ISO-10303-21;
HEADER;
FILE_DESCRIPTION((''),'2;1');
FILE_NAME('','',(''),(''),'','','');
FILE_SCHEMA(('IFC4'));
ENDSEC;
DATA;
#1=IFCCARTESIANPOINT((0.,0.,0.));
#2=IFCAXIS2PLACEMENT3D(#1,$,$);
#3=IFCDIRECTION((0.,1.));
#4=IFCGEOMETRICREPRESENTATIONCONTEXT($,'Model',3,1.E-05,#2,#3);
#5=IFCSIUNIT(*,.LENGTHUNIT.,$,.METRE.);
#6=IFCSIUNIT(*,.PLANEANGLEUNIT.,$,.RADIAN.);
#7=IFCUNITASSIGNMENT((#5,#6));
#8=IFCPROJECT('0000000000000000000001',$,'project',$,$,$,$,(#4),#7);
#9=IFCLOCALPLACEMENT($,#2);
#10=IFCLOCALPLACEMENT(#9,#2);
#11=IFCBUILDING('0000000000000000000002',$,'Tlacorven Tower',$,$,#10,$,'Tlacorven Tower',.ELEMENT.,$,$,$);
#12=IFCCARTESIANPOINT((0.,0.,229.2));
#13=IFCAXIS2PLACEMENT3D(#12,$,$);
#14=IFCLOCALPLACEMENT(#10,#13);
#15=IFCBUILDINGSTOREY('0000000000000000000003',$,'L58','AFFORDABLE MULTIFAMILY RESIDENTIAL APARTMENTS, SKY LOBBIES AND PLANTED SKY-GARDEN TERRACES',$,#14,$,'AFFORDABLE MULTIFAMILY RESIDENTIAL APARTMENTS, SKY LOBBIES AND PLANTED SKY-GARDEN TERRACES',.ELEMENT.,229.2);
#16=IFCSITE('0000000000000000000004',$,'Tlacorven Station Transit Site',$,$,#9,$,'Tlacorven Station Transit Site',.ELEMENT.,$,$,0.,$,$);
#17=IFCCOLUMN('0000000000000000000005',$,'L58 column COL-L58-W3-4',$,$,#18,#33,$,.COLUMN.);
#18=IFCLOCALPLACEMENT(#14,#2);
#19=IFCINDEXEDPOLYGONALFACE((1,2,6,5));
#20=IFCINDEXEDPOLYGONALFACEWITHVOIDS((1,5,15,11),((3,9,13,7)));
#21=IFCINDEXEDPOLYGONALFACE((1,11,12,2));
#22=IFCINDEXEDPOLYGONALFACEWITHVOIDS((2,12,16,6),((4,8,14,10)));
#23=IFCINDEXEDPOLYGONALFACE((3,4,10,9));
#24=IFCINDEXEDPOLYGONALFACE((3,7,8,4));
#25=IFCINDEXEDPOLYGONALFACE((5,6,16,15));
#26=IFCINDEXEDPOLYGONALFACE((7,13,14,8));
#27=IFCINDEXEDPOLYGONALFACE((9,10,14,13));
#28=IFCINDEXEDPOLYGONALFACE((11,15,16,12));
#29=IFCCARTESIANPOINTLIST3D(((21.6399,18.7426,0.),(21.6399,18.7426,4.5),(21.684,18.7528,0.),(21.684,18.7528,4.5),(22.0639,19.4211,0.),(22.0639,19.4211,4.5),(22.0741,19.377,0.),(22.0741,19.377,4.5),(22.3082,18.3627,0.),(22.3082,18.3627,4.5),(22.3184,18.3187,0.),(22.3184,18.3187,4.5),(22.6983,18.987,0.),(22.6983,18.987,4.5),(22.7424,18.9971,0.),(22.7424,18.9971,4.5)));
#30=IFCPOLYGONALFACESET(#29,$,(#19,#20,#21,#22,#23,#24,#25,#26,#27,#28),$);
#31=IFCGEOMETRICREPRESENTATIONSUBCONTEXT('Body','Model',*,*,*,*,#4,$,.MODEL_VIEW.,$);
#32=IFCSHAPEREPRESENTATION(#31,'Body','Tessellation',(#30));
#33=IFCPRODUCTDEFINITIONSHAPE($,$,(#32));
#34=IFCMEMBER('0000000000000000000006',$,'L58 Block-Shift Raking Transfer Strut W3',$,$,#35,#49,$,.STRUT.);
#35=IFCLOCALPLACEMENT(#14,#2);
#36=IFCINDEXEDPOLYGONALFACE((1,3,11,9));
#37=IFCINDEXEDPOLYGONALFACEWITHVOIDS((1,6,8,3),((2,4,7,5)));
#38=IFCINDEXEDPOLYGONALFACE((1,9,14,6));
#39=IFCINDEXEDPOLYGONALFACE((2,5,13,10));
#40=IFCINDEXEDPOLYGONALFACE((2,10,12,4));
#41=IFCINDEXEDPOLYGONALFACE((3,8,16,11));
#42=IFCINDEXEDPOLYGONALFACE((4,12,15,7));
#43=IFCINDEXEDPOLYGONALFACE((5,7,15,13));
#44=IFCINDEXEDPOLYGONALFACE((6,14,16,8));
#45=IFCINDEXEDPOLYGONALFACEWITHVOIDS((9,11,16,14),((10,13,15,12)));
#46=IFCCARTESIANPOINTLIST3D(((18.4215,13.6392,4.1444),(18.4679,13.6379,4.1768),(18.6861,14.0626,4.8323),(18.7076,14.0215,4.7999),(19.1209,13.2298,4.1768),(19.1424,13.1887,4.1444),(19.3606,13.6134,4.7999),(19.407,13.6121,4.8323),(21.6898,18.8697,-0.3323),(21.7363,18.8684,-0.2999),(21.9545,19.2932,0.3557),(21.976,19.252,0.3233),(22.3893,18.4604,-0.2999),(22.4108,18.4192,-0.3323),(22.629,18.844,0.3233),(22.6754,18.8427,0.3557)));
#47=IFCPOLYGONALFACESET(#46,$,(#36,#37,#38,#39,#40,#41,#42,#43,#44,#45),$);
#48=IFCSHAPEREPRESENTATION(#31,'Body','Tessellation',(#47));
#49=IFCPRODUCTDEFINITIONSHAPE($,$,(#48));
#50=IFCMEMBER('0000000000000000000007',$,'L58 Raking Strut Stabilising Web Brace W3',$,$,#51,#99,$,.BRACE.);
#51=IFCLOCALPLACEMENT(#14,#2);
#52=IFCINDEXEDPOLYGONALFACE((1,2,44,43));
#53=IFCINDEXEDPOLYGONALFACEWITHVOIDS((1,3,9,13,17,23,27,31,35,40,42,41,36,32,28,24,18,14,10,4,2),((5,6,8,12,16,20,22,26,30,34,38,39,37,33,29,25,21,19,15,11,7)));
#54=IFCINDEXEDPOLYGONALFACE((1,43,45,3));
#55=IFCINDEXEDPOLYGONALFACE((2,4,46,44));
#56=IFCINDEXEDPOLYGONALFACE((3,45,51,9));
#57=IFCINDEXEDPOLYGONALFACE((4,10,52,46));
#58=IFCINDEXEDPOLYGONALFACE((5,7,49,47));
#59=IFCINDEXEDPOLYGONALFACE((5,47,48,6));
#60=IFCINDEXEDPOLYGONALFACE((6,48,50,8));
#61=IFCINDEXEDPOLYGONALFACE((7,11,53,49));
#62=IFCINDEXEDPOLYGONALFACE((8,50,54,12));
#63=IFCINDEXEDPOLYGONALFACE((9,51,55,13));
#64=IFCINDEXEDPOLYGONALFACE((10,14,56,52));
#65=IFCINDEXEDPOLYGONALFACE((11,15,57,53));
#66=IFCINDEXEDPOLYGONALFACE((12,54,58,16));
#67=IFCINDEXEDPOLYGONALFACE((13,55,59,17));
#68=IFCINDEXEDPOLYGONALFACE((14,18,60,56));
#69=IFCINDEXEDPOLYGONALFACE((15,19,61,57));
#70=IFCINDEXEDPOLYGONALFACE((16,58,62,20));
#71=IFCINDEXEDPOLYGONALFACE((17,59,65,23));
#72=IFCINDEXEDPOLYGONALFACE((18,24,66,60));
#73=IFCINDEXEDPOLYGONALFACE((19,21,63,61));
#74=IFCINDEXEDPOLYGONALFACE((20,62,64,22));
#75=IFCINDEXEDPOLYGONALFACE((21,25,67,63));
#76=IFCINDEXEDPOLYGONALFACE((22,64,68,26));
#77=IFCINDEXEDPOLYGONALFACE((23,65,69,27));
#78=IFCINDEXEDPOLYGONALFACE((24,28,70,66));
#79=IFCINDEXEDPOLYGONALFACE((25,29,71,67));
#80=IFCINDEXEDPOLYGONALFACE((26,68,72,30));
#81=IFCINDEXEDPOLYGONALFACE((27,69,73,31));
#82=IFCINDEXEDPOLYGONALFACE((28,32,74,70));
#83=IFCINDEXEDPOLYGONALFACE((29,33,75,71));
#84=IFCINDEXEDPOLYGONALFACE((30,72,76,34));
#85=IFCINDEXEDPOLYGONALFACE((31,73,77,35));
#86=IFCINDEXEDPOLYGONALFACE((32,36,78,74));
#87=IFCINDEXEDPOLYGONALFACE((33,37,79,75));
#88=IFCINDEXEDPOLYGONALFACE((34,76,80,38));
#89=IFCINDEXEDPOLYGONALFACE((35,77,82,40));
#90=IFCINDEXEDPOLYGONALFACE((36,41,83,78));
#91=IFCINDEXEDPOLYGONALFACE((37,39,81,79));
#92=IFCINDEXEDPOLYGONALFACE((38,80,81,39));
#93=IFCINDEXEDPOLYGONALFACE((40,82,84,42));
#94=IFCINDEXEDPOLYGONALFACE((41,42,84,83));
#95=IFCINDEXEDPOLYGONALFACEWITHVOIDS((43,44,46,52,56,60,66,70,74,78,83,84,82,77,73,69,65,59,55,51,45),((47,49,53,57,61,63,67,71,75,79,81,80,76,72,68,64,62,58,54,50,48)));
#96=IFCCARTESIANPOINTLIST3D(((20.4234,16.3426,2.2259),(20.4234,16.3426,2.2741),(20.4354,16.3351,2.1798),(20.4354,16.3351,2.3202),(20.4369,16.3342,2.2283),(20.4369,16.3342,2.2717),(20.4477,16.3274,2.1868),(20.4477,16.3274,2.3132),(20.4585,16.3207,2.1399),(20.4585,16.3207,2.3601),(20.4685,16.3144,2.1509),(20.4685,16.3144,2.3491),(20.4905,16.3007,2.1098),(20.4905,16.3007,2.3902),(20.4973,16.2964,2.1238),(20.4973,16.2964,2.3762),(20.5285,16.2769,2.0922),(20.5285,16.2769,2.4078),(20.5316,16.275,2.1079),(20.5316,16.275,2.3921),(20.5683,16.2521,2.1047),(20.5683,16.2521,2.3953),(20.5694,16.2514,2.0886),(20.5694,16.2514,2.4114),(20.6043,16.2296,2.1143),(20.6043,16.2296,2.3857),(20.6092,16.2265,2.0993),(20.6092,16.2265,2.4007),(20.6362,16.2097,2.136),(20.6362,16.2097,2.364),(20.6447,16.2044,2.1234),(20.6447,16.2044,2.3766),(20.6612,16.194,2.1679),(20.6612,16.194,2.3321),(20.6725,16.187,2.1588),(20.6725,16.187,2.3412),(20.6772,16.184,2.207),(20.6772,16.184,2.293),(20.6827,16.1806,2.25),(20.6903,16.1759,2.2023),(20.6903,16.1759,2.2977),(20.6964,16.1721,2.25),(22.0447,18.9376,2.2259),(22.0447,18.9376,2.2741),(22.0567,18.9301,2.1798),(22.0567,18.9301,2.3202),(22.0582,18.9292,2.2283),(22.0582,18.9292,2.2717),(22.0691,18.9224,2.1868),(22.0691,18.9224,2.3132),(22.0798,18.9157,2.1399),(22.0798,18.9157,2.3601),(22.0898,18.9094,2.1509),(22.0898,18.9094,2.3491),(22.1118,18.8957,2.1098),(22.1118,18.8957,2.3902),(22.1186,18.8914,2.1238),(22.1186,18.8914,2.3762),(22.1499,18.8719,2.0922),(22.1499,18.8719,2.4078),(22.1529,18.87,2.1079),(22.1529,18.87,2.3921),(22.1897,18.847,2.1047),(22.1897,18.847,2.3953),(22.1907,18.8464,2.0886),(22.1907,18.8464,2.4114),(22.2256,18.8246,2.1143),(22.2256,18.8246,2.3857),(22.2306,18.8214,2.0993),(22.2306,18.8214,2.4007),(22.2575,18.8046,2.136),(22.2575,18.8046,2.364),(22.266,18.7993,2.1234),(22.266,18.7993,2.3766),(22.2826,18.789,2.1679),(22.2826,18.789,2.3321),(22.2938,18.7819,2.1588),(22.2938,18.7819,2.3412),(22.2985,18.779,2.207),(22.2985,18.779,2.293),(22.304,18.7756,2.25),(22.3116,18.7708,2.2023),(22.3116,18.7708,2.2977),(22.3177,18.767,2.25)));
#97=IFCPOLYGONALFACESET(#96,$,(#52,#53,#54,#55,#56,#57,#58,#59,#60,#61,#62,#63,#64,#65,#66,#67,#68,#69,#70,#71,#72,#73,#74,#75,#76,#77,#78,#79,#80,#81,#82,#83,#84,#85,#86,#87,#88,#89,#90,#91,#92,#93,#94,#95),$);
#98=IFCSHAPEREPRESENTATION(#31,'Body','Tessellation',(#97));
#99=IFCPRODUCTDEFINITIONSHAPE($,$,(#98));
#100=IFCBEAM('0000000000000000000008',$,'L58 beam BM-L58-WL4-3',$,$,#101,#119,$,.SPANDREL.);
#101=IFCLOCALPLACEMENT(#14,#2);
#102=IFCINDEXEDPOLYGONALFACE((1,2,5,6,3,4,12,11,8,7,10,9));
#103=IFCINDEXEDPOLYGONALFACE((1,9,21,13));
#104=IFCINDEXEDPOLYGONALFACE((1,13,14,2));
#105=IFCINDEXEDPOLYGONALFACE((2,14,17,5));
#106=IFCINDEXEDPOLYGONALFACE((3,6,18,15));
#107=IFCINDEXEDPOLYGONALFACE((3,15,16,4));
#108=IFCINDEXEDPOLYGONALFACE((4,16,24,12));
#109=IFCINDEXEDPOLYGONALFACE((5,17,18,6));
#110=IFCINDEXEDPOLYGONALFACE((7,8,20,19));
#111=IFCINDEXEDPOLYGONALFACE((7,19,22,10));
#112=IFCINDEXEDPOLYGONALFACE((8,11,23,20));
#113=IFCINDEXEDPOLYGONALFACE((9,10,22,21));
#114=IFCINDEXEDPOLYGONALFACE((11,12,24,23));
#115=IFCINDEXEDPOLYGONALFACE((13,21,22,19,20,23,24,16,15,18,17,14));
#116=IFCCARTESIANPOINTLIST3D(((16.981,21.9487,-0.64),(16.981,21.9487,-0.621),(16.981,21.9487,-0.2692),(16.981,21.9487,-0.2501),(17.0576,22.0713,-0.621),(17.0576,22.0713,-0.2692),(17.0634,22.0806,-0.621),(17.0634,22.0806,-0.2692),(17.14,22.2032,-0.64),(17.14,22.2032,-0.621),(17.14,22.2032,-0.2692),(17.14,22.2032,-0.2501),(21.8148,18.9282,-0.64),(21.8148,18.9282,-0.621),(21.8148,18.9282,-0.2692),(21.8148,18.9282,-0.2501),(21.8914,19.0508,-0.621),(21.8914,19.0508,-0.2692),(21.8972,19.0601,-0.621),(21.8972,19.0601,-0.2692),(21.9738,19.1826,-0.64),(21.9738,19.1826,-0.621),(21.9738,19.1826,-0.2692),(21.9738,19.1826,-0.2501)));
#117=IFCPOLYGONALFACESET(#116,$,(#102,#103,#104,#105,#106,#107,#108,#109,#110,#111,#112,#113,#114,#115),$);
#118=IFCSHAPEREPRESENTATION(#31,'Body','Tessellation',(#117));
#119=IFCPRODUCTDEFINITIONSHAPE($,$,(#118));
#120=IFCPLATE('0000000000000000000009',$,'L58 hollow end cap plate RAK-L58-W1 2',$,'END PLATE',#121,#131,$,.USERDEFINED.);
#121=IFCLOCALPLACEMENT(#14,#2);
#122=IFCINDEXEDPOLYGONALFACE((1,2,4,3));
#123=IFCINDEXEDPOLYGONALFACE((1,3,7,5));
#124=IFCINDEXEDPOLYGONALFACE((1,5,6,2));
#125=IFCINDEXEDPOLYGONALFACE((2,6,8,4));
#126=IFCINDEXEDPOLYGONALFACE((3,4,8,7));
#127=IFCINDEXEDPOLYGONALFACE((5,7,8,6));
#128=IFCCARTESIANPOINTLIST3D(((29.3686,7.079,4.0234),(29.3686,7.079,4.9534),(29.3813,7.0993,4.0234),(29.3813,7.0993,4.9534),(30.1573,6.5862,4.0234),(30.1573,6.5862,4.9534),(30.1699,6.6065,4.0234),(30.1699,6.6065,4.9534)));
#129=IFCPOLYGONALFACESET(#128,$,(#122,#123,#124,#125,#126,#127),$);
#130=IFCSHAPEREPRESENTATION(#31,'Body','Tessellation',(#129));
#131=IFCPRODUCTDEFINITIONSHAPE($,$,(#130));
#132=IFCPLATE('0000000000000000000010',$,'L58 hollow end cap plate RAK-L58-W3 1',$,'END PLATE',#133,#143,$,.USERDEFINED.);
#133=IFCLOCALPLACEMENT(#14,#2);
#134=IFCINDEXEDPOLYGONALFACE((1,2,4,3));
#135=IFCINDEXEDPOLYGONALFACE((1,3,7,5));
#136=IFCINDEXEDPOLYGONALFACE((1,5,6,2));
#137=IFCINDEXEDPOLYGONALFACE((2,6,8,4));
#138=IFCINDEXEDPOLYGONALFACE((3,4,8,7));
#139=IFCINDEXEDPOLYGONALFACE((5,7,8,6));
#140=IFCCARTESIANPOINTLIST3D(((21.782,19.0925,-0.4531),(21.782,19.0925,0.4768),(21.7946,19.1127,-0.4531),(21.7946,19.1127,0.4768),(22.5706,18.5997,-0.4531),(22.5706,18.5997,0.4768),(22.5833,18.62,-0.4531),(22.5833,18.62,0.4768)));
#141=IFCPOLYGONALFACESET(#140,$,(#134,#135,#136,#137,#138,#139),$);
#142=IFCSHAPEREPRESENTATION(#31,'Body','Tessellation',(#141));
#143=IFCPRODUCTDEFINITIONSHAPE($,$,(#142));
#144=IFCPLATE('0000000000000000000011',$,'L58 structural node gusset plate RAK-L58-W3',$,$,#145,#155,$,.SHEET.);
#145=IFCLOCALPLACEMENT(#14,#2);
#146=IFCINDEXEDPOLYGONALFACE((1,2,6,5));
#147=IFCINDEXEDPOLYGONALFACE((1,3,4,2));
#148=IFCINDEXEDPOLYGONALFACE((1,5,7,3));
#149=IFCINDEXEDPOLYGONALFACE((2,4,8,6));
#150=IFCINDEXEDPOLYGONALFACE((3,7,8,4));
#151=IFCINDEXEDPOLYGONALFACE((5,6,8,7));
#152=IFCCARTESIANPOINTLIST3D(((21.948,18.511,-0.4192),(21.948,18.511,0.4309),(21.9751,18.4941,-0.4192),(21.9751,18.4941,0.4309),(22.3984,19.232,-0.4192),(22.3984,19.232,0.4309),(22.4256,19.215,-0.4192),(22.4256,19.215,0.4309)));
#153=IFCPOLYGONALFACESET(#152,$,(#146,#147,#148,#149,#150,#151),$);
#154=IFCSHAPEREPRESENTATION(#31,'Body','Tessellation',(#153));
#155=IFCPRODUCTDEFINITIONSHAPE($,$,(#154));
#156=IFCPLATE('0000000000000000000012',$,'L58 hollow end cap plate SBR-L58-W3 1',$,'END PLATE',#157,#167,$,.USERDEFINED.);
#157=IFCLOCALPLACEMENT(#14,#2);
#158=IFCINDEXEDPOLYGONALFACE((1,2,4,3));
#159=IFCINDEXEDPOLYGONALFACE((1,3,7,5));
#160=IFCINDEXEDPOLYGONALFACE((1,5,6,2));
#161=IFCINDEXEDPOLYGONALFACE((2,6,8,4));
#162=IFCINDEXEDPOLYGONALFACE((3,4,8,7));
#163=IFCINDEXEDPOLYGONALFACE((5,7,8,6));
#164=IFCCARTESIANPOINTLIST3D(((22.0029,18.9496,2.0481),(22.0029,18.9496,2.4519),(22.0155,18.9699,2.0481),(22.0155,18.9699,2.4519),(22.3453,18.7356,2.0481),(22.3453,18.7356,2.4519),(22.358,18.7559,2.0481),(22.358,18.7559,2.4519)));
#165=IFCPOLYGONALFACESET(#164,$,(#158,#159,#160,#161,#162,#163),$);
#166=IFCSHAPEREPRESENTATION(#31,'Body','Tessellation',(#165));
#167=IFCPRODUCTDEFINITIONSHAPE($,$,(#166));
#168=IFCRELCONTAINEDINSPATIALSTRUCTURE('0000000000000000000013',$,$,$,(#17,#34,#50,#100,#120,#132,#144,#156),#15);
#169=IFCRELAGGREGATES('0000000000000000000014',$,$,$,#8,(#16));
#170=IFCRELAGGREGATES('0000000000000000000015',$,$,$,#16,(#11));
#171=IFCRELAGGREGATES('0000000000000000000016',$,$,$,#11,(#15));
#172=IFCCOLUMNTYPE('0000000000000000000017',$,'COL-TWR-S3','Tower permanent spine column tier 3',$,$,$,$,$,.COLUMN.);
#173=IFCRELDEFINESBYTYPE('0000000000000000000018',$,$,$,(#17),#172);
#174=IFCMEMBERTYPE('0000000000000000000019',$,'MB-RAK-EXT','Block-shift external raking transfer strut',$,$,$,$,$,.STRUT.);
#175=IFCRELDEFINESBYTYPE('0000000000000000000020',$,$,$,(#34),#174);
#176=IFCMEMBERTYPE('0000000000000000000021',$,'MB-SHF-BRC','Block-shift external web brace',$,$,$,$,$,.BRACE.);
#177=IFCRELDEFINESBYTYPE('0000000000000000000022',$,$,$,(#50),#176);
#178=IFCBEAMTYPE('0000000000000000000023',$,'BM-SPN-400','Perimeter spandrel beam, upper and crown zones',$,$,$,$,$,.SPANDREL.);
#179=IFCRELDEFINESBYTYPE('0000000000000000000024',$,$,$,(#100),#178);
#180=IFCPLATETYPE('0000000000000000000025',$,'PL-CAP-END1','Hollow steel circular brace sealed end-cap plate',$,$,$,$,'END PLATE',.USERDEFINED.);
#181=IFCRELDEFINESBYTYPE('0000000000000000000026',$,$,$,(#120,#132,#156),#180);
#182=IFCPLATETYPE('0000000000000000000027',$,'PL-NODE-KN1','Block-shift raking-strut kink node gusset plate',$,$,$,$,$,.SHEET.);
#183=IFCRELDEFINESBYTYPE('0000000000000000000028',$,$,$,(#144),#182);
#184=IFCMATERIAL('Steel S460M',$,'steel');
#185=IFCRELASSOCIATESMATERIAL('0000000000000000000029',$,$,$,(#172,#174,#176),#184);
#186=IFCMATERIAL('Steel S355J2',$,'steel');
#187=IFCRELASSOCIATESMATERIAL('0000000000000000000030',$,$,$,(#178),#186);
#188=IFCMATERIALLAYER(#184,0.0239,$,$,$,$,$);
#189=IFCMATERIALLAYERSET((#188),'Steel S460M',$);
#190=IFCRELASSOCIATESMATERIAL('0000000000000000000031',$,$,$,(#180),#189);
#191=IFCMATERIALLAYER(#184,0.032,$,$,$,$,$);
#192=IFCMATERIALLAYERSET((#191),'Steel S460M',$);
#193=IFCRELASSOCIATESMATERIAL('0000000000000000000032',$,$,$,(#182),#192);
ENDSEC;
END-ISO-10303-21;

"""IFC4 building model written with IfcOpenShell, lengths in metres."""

from ifc_helpers import new_model, si_unit, direction, frame, origin, origin_2d, place, context, subcontext, project, spatial, rectangle, hollow_rectangle, hollow_circle, i_section, extrude, source, transform, mapped, material, layer, layer_set, material_profile, profile_set, type_object, element, save


model = new_model("IFC4")

# Units and contexts
model_context = context("Model", 3, precision=1e-05, world=origin(), true_north=direction((0.0, 1.0)))
body_context = subcontext(model_context, "Body", "Model", "MODEL_VIEW")
ifc_project = project(units=[si_unit("LENGTHUNIT", "METRE"), si_unit("PLANEANGLEUNIT", "RADIAN")], contexts=[model_context])

# Site, building, storey
site_placement = place(None, origin())
site = spatial("IfcSite", under=ifc_project, at=site_placement, Name="Tlacorven Station Transit Site", LongName="Tlacorven Station Transit Site", CompositionType="ELEMENT", RefElevation=0.0)
building_placement = place(site_placement, origin())
building = spatial("IfcBuilding", under=site, at=building_placement, Name="Tlacorven Tower", LongName="Tlacorven Tower", CompositionType="ELEMENT")
storey_placement = place(building_placement, frame((0.0, 0.0, 229.2)))
storey = spatial("IfcBuildingStorey", under=building, at=storey_placement, Name="L58", Description="AFFORDABLE MULTIFAMILY RESIDENTIAL APARTMENTS, SKY LOBBIES AND PLANTED SKY-GARDEN TERRACES", LongName="AFFORDABLE MULTIFAMILY RESIDENTIAL APARTMENTS, SKY LOBBIES AND PLANTED SKY-GARDEN TERRACES", CompositionType="ELEMENT", Elevation=229.2)

# Column
ifc_material_1 = material(Name="Steel S460M", Category="steel")
ifc_material_profile_1 = material_profile(ifc_material_1, hollow_rectangle(XDim=0.8, YDim=0.8, WallThickness=0.032, at=origin_2d()), Name="BOX 800X800X32")
ifc_profile_set_1 = profile_set([ifc_material_profile_1], Name="Steel S460M")
column_type = type_object("IfcColumnType", Name="COL-TWR-S3", Description="Tower permanent spine column tier 3", PredefinedType="COLUMN", material=ifc_profile_set_1)
shared_shape_1 = source(origin(), body_context, "Body", "SweptSolid", [
    extrude(hollow_rectangle(XDim=0.8, YDim=0.8, WallThickness=0.032, at=origin_2d()), origin(), (0.0, 0.0, 1.0), 4.5),
])
column_placement = place(storey_placement, frame((22.1912, 18.8699, 0.0), z_axis=(0.0, 0.0, 1.0), x_axis=(-0.848048, 0.529919, 0.0)))
element("IfcColumn", 1, at=column_placement, inside=storey, type_object=column_type, Name="L58 column COL-L58-W3-4", PredefinedType="COLUMN", context=body_context, shape_type="MappedRepresentation", body=[
    mapped(shared_shape_1, transform((0.0, 0.0, 0.0), scale=1.0)),
])

# Members
ifc_material_profile_2 = material_profile(ifc_material_1, hollow_rectangle(XDim=0.8501, YDim=0.8501, WallThickness=0.04, at=origin_2d()), Name="BOX 850X850X40")
ifc_profile_set_2 = profile_set([ifc_material_profile_2], Name="Steel S460M")
member_type_1 = type_object("IfcMemberType", Name="MB-RAK-EXT", Description="Block-shift external raking transfer strut", PredefinedType="STRUT", material=ifc_profile_set_2)
shared_shape_2 = source(origin(), body_context, "Body", "SweptSolid", [
    extrude(hollow_rectangle(XDim=0.8501, YDim=0.8501, WallThickness=0.04, at=origin_2d()), origin(), (0.0, 0.0, 1.0), 7.6211),
])
member_1_placement = place(storey_placement, frame((22.1826, 18.8562, 0.0117), z_axis=(-0.428857, -0.686325, 0.5874), x_axis=(0.848052, -0.529914, 0.0)))
element("IfcMember", 2, at=member_1_placement, inside=storey, type_object=member_type_1, Name="L58 Block-Shift Raking Transfer Strut W3", PredefinedType="STRUT", context=body_context, shape_type="MappedRepresentation", body=[
    mapped(shared_shape_2, transform((0.0, 0.0, 0.0), scale=1.0)),
])
ifc_material_profile_3 = material_profile(ifc_material_1, hollow_circle(Radius=0.1619, WallThickness=0.0161, at=origin_2d()), Name="CHS 323.9X16")
ifc_profile_set_3 = profile_set([ifc_material_profile_3], Name="Steel S460M")
member_type_2 = type_object("IfcMemberType", Name="MB-SHF-BRC", Description="Block-shift external web brace", PredefinedType="BRACE", material=ifc_profile_set_3)
shared_shape_3 = source(origin(), body_context, "Body", "SweptSolid", [
    extrude(hollow_circle(Radius=0.1619, WallThickness=0.0161, at=origin_2d()), origin(), (0.0, 0.0, 1.0), 3.0598),
])
member_2_placement = place(storey_placement, frame((22.1804, 18.8528, 2.25), z_axis=(-0.529877, -0.848074, 0.0), x_axis=(0.848074, -0.529877, 0.0)))
element("IfcMember", 3, at=member_2_placement, inside=storey, type_object=member_type_2, Name="L58 Raking Strut Stabilising Web Brace W3", PredefinedType="BRACE", context=body_context, shape_type="MappedRepresentation", body=[
    mapped(shared_shape_3, transform((0.0, 0.0, 0.0), scale=1.0)),
])

# Beam
ifc_material_2 = material(Name="Steel S355J2", Category="steel")
ifc_material_profile_4 = material_profile(ifc_material_2, i_section(OverallWidth=0.3, OverallDepth=0.3899, WebThickness=0.011, FlangeThickness=0.019, at=origin_2d()), Name="HEA 400")
ifc_profile_set_4 = profile_set([ifc_material_profile_4], Name="Steel S355J2")
beam_type = type_object("IfcBeamType", Name="BM-SPN-400", Description="Perimeter spandrel beam, upper and crown zones", PredefinedType="SPANDREL", material=ifc_profile_set_4)
shared_shape_4 = source(origin(), body_context, "Body", "SweptSolid", [
    extrude(i_section(OverallWidth=0.3, OverallDepth=0.3899, WebThickness=0.011, FlangeThickness=0.019, at=origin_2d()), origin(), (0.0, 0.0, 1.0), 5.7),
])
beam_placement = place(storey_placement, frame((21.8943, 19.0554, -0.4451), z_axis=(-0.848044, 0.529926, 0.0), x_axis=(-0.529926, -0.848044, 0.0)))
element("IfcBeam", 4, at=beam_placement, inside=storey, type_object=beam_type, Name="L58 beam BM-L58-WL4-3", PredefinedType="SPANDREL", context=body_context, shape_type="MappedRepresentation", body=[
    mapped(shared_shape_4, transform((0.0, 0.0, 0.0), scale=1.0)),
])

# Plates
ifc_layer_1 = layer(ifc_material_1, 0.0239)
ifc_layer_set_1 = layer_set([ifc_layer_1], Name="Steel S460M")
plate_type_1 = type_object("IfcPlateType", Name="PL-CAP-END1", Description="Hollow steel circular brace sealed end-cap plate", ElementType="END PLATE", PredefinedType="USERDEFINED", material=ifc_layer_set_1)
shared_shape_5 = source(origin(), body_context, "Body", "SweptSolid", [
    extrude(rectangle(XDim=0.0239, YDim=0.9299, at=origin_2d()), origin(), (0.0, 0.0, 1.0), 0.9299),
])
for number, where, z_axis, x_axis, name in (
    (5, (29.7693, 6.8428, 4.0234), (0.0, 0.0, 1.0), (-0.529919, -0.848048, 0.0), "L58 hollow end cap plate RAK-L58-W1 2"),
    (6, (22.1826, 18.8562, -0.4531), (0.0, 0.0, 1.0), (-0.529919, -0.848048, 0.0), "L58 hollow end cap plate RAK-L58-W3 1"),
):
    element("IfcPlate", number, at=place(storey_placement, frame(where, z_axis=z_axis, x_axis=x_axis)), inside=storey, type_object=plate_type_1, Name=name, ObjectType="END PLATE", PredefinedType="USERDEFINED", context=body_context, shape_type="MappedRepresentation", body=[
        mapped(shared_shape_5, transform((0.0, 0.0, 0.0), scale=1.0)),
    ])
ifc_layer_2 = layer(ifc_material_1, 0.032)
ifc_layer_set_2 = layer_set([ifc_layer_2], Name="Steel S460M")
plate_type_2 = type_object("IfcPlateType", Name="PL-NODE-KN1", Description="Block-shift raking-strut kink node gusset plate", PredefinedType="SHEET", material=ifc_layer_set_2)
shared_shape_6 = source(origin(), body_context, "Body", "SweptSolid", [
    extrude(rectangle(XDim=0.8501, YDim=0.032, at=origin_2d()), origin(), (0.0, 0.0, 1.0), 0.8501),
])
plate_1_placement = place(storey_placement, frame((22.1868, 18.863, -0.4192), z_axis=(0.0, 0.0, 1.0), x_axis=(-0.529919, -0.848048, 0.0)))
element("IfcPlate", 7, at=plate_1_placement, inside=storey, type_object=plate_type_2, Name="L58 structural node gusset plate RAK-L58-W3", PredefinedType="SHEET", context=body_context, shape_type="MappedRepresentation", body=[
    mapped(shared_shape_6, transform((0.0, 0.0, 0.0), scale=1.0)),
])
shared_shape_7 = source(origin(), body_context, "Body", "SweptSolid", [
    extrude(rectangle(XDim=0.0239, YDim=0.4038, at=origin_2d()), origin(), (0.0, 0.0, 1.0), 0.4038),
])
plate_2_placement = place(storey_placement, frame((22.1804, 18.8528, 2.0481), z_axis=(0.0, 0.0, 1.0), x_axis=(-0.52992, -0.848048, 0.0)))
element("IfcPlate", 8, at=plate_2_placement, inside=storey, type_object=plate_type_1, Name="L58 hollow end cap plate SBR-L58-W3 1", ObjectType="END PLATE", PredefinedType="USERDEFINED", context=body_context, shape_type="MappedRepresentation", body=[
    mapped(shared_shape_7, transform((0.0, 0.0, 0.0), scale=1.0)),
])

save(model, "model.ifc")
